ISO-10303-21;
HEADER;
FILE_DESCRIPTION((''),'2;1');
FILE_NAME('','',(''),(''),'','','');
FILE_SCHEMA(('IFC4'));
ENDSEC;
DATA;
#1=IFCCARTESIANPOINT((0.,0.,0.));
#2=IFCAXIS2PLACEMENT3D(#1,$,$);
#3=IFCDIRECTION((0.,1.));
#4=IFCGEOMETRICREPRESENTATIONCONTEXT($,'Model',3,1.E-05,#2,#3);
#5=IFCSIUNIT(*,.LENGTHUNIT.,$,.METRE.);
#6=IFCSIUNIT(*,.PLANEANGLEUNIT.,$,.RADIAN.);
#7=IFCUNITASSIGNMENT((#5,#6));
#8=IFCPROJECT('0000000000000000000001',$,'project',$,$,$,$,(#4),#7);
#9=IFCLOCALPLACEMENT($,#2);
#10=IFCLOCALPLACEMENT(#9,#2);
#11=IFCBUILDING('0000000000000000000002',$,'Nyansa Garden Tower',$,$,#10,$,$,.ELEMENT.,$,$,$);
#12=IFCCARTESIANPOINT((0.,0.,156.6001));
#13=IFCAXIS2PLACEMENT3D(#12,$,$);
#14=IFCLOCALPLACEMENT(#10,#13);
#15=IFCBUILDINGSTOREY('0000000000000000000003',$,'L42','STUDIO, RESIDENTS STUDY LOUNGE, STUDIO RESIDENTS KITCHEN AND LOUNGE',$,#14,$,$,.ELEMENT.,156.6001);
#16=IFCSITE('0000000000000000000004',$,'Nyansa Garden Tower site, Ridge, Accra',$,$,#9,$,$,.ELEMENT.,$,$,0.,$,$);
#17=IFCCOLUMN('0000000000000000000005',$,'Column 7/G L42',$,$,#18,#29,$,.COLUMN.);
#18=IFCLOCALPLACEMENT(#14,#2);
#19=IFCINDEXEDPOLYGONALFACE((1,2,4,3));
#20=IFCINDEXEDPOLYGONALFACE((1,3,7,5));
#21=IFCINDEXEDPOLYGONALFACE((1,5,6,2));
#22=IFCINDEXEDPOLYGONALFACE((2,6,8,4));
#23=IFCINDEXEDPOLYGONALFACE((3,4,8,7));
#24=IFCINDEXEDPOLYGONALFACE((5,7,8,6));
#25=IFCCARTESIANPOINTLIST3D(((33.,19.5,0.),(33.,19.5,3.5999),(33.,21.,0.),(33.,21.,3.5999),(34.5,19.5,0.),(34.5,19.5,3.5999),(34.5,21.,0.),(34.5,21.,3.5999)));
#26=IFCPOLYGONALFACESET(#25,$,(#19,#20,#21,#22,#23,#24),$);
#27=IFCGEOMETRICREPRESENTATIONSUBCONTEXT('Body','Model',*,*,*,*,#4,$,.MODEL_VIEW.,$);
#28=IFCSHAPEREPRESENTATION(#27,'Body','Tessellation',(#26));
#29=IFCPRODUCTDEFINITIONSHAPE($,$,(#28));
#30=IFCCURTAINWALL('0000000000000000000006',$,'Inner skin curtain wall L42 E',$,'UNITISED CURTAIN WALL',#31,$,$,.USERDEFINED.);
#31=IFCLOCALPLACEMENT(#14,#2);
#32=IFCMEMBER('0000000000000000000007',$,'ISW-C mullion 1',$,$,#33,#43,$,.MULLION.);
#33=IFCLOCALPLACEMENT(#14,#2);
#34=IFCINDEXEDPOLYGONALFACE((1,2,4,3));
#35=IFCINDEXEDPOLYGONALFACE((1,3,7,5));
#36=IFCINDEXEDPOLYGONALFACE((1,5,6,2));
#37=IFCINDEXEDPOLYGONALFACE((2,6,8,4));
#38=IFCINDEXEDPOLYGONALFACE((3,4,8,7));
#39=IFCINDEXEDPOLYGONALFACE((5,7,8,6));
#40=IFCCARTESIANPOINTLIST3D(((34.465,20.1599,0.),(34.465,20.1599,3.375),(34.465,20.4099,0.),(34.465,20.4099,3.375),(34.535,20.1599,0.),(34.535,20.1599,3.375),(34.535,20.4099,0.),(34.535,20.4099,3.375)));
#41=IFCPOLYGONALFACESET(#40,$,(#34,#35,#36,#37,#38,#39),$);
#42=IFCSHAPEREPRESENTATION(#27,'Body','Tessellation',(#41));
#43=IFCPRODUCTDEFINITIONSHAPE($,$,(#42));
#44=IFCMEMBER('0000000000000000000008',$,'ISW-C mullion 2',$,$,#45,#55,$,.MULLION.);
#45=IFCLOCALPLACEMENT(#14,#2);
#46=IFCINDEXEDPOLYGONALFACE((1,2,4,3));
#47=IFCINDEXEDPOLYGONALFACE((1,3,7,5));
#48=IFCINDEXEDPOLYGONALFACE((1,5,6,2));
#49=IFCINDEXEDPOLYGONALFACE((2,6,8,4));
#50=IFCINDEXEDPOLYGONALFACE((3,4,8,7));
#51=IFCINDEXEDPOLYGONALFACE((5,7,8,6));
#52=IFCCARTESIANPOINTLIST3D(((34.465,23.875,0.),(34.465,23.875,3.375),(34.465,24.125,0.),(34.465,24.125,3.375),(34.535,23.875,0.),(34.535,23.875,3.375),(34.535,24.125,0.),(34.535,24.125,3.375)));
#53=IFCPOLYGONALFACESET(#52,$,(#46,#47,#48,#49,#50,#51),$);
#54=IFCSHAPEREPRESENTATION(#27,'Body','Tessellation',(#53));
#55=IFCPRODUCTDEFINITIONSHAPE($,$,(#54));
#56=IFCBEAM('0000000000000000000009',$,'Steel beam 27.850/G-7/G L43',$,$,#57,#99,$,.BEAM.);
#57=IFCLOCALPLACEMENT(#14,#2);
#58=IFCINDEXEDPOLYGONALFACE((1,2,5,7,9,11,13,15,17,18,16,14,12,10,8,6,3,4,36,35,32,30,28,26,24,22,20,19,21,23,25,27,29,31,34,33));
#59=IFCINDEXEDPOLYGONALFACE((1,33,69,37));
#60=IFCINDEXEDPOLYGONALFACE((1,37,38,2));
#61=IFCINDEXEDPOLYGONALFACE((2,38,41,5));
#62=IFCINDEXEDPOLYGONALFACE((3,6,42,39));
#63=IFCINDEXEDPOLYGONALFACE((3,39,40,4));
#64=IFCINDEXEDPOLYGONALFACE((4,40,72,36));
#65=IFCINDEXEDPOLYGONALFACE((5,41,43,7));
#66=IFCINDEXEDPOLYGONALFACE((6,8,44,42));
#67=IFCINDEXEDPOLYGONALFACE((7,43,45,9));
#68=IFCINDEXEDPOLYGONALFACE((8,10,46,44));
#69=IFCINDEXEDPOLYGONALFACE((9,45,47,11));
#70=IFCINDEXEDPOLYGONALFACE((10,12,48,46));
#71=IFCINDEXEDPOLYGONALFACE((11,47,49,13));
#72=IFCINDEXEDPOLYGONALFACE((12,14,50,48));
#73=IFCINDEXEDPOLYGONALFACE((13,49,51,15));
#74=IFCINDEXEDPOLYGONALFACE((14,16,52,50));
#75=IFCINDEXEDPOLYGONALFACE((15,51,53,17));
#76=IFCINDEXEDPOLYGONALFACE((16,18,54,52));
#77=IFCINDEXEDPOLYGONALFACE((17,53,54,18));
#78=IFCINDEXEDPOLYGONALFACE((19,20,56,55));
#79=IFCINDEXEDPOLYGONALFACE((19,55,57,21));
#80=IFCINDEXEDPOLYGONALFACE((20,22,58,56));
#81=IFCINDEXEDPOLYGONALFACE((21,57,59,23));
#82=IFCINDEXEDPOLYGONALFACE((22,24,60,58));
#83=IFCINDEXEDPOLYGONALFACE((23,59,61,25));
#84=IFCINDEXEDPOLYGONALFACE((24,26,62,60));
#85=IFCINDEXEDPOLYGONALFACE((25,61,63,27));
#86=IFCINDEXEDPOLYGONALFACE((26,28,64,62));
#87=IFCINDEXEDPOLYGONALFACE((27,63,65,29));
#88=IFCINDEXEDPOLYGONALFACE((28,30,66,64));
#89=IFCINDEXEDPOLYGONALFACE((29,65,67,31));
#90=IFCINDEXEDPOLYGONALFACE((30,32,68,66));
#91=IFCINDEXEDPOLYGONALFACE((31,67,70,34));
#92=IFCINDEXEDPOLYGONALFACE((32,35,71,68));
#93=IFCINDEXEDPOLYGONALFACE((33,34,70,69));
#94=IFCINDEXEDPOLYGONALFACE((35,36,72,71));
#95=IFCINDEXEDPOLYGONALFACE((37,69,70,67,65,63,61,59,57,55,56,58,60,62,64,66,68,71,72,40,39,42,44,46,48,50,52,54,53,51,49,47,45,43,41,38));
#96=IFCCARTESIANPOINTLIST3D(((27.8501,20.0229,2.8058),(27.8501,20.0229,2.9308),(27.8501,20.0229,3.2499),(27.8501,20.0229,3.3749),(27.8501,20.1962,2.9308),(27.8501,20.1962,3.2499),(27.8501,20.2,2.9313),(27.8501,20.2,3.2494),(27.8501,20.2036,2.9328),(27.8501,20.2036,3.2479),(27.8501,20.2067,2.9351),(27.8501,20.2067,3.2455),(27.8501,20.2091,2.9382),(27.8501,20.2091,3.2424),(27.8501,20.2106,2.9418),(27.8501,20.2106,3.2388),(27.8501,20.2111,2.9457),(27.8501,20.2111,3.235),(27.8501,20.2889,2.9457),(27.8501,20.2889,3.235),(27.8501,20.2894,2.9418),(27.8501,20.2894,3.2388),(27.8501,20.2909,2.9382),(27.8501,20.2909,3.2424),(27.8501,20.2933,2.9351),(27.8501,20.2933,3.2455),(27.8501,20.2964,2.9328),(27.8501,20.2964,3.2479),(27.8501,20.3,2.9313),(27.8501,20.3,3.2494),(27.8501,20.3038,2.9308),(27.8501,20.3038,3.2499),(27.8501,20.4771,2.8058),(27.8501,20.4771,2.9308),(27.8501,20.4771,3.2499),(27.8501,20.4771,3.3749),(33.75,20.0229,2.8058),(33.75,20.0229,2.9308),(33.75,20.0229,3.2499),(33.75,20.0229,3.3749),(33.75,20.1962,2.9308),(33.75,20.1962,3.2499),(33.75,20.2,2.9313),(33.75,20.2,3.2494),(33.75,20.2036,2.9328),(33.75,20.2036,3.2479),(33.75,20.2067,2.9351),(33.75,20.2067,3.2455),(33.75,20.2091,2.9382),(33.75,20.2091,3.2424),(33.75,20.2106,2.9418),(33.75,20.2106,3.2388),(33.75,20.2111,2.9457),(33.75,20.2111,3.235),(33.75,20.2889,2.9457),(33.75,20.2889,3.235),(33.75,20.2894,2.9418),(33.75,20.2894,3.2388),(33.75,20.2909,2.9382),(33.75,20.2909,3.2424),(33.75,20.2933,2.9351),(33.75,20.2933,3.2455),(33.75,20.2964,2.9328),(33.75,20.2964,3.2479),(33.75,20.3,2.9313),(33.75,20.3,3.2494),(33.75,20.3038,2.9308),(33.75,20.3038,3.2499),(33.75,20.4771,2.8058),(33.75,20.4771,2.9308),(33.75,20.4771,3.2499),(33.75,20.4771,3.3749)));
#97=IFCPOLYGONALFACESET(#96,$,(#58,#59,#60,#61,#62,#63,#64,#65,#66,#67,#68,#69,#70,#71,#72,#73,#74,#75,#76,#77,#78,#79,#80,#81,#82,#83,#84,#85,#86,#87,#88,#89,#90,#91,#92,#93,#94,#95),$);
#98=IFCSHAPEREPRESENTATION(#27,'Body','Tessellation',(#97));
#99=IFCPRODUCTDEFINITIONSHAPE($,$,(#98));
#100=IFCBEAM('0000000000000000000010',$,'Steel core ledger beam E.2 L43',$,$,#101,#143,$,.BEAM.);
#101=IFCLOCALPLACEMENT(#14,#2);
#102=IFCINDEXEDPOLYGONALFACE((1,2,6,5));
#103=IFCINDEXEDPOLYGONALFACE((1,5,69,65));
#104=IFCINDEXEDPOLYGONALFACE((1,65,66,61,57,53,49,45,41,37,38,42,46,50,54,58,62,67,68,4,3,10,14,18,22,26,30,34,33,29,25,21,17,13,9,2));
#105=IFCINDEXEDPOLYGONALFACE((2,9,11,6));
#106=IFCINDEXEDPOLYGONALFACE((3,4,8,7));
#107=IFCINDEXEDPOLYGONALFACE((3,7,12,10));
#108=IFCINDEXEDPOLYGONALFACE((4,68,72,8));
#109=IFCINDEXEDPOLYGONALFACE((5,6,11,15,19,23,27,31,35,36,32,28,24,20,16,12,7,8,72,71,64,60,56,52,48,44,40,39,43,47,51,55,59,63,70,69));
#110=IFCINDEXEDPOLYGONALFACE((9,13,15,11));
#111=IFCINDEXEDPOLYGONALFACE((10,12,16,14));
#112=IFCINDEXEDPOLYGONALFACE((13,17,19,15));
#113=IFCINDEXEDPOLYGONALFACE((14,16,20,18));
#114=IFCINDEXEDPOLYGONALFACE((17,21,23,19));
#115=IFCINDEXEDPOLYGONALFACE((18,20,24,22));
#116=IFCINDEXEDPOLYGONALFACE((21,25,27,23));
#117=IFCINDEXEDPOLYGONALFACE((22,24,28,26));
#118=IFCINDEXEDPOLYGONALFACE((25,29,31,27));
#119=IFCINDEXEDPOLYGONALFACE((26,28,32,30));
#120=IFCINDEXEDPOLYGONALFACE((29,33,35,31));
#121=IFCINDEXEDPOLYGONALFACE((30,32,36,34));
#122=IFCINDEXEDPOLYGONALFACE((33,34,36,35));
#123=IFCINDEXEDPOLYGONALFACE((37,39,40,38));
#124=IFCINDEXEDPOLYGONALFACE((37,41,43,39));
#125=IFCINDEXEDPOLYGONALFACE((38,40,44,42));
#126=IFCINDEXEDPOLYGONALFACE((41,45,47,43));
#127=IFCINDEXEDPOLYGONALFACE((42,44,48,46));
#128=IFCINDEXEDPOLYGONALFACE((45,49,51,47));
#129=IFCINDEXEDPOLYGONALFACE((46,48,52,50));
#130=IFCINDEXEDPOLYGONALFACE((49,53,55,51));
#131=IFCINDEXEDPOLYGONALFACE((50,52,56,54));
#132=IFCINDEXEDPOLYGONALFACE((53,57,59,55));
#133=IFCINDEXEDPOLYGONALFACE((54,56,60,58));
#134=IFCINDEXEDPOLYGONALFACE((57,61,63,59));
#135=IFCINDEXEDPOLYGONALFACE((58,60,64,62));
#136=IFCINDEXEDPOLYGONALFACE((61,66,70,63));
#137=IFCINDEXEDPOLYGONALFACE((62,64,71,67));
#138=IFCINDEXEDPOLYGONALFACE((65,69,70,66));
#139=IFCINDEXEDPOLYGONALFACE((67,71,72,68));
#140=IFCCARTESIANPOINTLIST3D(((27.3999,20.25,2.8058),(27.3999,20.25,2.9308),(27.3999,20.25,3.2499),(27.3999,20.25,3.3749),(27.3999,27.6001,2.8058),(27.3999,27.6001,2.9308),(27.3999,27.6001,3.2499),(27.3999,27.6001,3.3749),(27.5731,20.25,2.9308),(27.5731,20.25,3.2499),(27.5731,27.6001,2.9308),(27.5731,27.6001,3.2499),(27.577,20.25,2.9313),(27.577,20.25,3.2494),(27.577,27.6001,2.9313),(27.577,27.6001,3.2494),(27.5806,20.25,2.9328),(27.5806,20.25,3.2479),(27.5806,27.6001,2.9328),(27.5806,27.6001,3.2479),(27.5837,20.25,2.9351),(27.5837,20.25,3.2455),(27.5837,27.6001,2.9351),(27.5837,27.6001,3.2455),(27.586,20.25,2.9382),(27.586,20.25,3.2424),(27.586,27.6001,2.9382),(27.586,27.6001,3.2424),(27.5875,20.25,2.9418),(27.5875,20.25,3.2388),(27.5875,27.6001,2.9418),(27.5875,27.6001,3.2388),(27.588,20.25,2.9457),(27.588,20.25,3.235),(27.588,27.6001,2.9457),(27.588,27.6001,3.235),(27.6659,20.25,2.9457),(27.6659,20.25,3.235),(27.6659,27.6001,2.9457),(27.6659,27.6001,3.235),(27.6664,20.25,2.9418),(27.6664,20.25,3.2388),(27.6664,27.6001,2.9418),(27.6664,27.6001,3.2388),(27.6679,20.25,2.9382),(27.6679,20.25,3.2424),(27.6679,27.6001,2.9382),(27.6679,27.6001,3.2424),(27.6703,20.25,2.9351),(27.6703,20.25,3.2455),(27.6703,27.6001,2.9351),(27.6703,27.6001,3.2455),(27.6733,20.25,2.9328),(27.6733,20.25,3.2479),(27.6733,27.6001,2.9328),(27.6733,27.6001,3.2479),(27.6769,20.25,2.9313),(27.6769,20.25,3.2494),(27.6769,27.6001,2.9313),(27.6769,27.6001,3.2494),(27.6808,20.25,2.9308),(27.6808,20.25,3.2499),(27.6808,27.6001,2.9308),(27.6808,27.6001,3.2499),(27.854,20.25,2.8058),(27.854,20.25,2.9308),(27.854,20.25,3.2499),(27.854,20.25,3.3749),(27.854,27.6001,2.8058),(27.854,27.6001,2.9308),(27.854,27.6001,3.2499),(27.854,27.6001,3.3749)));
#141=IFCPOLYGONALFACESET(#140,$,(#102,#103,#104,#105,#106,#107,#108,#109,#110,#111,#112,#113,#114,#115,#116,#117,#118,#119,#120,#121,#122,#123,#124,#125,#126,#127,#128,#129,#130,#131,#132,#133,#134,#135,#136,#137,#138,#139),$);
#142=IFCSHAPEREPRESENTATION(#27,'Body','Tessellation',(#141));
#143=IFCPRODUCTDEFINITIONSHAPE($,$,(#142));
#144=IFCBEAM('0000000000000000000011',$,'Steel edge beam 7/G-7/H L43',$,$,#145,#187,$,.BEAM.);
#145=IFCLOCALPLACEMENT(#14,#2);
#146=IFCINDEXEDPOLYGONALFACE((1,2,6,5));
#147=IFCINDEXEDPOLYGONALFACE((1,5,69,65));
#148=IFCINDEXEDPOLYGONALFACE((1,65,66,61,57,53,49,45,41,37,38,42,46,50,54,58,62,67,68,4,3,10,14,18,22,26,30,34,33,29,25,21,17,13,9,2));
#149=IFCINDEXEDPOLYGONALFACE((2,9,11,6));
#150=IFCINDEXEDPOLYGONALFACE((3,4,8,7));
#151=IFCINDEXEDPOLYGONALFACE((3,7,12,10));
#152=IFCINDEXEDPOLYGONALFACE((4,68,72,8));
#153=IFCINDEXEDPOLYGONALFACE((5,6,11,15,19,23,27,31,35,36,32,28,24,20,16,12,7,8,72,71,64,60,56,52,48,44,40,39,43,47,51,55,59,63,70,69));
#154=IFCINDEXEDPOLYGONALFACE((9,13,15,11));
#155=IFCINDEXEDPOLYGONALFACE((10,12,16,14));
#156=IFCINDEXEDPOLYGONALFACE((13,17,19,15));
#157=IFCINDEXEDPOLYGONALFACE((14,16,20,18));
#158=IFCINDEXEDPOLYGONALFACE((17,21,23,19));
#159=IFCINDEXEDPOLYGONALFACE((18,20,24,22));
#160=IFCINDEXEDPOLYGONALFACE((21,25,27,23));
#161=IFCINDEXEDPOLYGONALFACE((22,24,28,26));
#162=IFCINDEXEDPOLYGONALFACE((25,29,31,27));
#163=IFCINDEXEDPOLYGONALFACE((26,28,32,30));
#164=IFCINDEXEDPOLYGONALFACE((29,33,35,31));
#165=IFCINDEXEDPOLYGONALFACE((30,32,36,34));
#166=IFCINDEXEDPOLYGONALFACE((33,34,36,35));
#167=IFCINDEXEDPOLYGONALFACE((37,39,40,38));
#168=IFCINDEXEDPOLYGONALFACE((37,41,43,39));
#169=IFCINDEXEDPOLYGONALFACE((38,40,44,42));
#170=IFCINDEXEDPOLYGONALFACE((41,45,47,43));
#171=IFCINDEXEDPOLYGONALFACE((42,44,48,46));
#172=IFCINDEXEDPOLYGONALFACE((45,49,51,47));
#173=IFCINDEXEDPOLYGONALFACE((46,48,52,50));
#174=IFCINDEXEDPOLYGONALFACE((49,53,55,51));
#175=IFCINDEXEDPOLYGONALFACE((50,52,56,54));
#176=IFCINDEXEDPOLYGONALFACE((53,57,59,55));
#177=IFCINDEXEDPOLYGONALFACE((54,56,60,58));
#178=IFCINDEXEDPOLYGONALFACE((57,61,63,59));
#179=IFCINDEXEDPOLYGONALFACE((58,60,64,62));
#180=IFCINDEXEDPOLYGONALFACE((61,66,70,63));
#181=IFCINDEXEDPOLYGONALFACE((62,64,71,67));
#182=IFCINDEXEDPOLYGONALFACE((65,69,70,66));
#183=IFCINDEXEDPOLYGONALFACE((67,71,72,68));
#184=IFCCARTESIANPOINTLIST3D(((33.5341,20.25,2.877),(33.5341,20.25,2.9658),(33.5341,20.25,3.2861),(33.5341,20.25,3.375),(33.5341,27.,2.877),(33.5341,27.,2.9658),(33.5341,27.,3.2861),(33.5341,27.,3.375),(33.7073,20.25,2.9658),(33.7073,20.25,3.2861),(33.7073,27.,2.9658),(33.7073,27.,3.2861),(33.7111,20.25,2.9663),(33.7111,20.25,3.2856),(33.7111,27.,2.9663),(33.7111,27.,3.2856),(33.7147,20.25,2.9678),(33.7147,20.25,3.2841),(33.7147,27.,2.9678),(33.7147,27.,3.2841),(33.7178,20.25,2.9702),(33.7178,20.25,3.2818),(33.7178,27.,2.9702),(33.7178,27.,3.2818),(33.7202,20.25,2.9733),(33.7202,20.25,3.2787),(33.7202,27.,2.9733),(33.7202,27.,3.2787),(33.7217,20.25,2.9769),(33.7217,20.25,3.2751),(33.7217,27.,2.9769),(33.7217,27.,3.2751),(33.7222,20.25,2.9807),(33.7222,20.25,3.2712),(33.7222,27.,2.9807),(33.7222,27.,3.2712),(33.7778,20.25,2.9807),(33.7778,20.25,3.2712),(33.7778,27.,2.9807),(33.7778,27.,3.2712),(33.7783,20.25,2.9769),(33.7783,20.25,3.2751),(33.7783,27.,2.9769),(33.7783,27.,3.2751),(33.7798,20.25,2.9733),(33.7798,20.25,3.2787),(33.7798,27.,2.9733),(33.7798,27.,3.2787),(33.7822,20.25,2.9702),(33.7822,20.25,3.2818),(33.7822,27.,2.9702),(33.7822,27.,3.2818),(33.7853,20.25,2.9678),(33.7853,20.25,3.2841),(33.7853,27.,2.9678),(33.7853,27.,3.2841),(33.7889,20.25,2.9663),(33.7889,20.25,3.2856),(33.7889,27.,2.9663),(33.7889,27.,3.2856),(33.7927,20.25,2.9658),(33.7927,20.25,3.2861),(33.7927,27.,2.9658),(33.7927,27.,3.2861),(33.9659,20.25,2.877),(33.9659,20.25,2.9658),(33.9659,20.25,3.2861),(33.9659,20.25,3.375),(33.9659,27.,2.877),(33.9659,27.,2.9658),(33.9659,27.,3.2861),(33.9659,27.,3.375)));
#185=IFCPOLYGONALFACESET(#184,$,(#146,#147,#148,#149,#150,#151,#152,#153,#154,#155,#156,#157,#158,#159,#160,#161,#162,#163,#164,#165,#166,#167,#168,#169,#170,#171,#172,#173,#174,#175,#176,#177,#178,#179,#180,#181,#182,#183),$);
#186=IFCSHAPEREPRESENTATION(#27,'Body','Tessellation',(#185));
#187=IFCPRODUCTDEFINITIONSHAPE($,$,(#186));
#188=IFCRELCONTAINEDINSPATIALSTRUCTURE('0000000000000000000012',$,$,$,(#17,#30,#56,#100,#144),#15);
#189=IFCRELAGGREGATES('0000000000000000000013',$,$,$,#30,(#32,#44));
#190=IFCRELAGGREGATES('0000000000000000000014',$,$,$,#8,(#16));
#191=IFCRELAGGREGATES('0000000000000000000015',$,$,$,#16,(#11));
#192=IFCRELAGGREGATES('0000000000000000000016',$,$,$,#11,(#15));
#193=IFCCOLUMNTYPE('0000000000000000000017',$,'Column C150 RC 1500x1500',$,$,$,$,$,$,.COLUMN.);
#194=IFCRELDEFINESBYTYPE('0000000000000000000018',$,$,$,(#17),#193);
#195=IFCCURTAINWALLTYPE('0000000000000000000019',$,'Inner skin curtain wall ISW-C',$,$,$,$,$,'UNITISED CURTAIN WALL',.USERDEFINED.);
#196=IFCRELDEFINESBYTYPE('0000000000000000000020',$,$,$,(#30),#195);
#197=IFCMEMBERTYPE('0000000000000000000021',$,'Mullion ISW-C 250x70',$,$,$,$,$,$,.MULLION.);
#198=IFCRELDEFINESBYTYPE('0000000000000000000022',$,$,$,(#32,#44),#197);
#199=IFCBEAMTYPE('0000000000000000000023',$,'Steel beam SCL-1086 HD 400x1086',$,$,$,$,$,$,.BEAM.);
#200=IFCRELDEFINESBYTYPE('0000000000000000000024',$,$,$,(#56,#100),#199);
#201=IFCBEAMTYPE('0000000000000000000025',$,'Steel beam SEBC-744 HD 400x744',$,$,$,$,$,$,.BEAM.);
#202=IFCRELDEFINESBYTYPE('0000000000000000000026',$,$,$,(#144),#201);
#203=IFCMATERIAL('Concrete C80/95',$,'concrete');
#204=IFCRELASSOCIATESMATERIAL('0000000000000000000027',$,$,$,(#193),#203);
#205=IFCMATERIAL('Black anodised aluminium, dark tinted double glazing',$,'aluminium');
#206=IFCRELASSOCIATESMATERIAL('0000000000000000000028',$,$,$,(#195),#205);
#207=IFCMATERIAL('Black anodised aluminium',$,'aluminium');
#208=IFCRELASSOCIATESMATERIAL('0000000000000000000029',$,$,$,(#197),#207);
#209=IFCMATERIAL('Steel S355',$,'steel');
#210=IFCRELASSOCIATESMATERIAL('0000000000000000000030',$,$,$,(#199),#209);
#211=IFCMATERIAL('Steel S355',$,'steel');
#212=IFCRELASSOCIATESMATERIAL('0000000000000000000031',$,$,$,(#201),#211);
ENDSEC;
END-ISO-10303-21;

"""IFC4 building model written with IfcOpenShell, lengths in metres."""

from ifc_helpers import new_model, si_unit, direction, frame, origin, origin_2d, place, context, subcontext, project, spatial, rectangle, i_section, extrude, material, material_profile, profile_set, type_object, element, aggregate, save


model = new_model("IFC4")

# Units and contexts
model_context = context("Model", 3, precision=1e-05, world=origin(), true_north=direction((0.0, 1.0)))
body_context = subcontext(model_context, "Body", "Model", "MODEL_VIEW")
ifc_project = project(units=[si_unit("LENGTHUNIT", "METRE"), si_unit("PLANEANGLEUNIT", "RADIAN")], contexts=[model_context])

# Site, building, storey
site_placement = place(None, origin())
site = spatial("IfcSite", under=ifc_project, at=site_placement, Name="Nyansa Garden Tower site, Ridge, Accra", CompositionType="ELEMENT", RefElevation=0.0)
building_placement = place(site_placement, origin())
building = spatial("IfcBuilding", under=site, at=building_placement, Name="Nyansa Garden Tower", CompositionType="ELEMENT")
storey_placement = place(building_placement, frame((0.0, 0.0, 156.6001)))
storey = spatial("IfcBuildingStorey", under=building, at=storey_placement, Name="L42", Description="STUDIO, RESIDENTS STUDY LOUNGE, STUDIO RESIDENTS KITCHEN AND LOUNGE", CompositionType="ELEMENT", Elevation=156.6001)

# Column
ifc_material_1 = material(Name="Concrete C80/95", Category="concrete")
ifc_material_profile_1 = material_profile(ifc_material_1, rectangle(XDim=1.5, YDim=1.5, at=origin_2d()), Name="RC 1500x1500")
ifc_profile_set_1 = profile_set([ifc_material_profile_1], Name="Concrete C80/95")
column_type = type_object("IfcColumnType", Name="Column C150 RC 1500x1500", PredefinedType="COLUMN", material=ifc_profile_set_1)
column_placement = place(storey_placement, frame((33.75, 20.25, 0.0), z_axis=(0.0, 0.0, 1.0), x_axis=(1.0, 0.0, 0.0)))
element("IfcColumn", 1, at=column_placement, inside=storey, type_object=column_type, Name="Column 7/G L42", PredefinedType="COLUMN", context=body_context, shape_type="SweptSolid", body=[
    extrude(rectangle(XDim=1.5, YDim=1.5, at=origin_2d()), origin(), (0.0, 0.0, 1.0), 3.5999),
])

# Curtain wall, members
ifc_material_2 = material(Name="Black anodised aluminium, dark tinted double glazing", Category="aluminium")
curtain_wall_type = type_object("IfcCurtainWallType", Name="Inner skin curtain wall ISW-C", ElementType="UNITISED CURTAIN WALL", PredefinedType="USERDEFINED", material=ifc_material_2)
curtain_wall_placement = place(storey_placement, origin())
curtain_wall = element("IfcCurtainWall", 2, at=curtain_wall_placement, inside=storey, type_object=curtain_wall_type, Name="Inner skin curtain wall L42 E", ObjectType="UNITISED CURTAIN WALL", PredefinedType="USERDEFINED")
ifc_material_3 = material(Name="Black anodised aluminium", Category="aluminium")
ifc_material_profile_2 = material_profile(ifc_material_3, rectangle(XDim=0.0701, YDim=0.25, at=origin_2d()), Name="Mullion 250x70")
ifc_profile_set_2 = profile_set([ifc_material_profile_2], Name="Black anodised aluminium")
member_type_1 = type_object("IfcMemberType", Name="Mullion ISW-C 250x70", PredefinedType="MULLION", material=ifc_profile_set_2)
member_1_placement = place(storey_placement, frame((34.5, 20.2849, 0.0), z_axis=(0.0, 0.0, 1.0), x_axis=(-1.0, 0.0, 0.0)))
member_1 = element("IfcMember", 3, at=member_1_placement, type_object=member_type_1, Name="ISW-C mullion 1", PredefinedType="MULLION", context=body_context, shape_type="SweptSolid", body=[
    extrude(rectangle(XDim=0.0701, YDim=0.25, at=origin_2d()), origin(), (0.0, 0.0, 1.0), 3.375),
])
member_2_placement = place(storey_placement, frame((34.5, 24.0, 0.0), z_axis=(0.0, 0.0, 1.0), x_axis=(-1.0, 0.0, 0.0)))
member_2 = element("IfcMember", 4, at=member_2_placement, type_object=member_type_1, Name="ISW-C mullion 2", PredefinedType="MULLION", context=body_context, shape_type="SweptSolid", body=[
    extrude(rectangle(XDim=0.0701, YDim=0.25, at=origin_2d()), origin(), (0.0, 0.0, 1.0), 3.375),
])

# Beams
ifc_material_4 = material(Name="Steel S355", Category="steel")
ifc_material_profile_3 = material_profile(ifc_material_4, i_section(OverallWidth=0.4541, OverallDepth=0.5691, WebThickness=0.0779, FlangeThickness=0.125, FilletRadius=0.0149, at=origin_2d()), Name="HD 400x1086")
ifc_profile_set_3 = profile_set([ifc_material_profile_3], Name="Steel S355")
beam_type_1 = type_object("IfcBeamType", Name="Steel beam SCL-1086 HD 400x1086", PredefinedType="BEAM", material=ifc_profile_set_3)
beam_1_placement = place(storey_placement, frame((27.8501, 20.25, 3.0903), z_axis=(1.0, 0.0, 0.0), x_axis=(0.0, 1.0, 0.0)))
element("IfcBeam", 5, at=beam_1_placement, inside=storey, type_object=beam_type_1, Name="Steel beam 27.850/G-7/G L43", PredefinedType="BEAM", context=body_context, shape_type="SweptSolid", body=[
    extrude(i_section(OverallWidth=0.4541, OverallDepth=0.5691, WebThickness=0.0779, FlangeThickness=0.125, FilletRadius=0.0149, at=origin_2d()), origin(), (0.0, 0.0, 1.0), 5.8999),
])
beam_2_placement = place(storey_placement, frame((27.627, 20.25, 3.0903), z_axis=(0.0, 1.0, 0.0), x_axis=(-1.0, 0.0, 0.0)))
element("IfcBeam", 6, at=beam_2_placement, inside=storey, type_object=beam_type_1, Name="Steel core ledger beam E.2 L43", PredefinedType="BEAM", context=body_context, shape_type="SweptSolid", body=[
    extrude(i_section(OverallWidth=0.4541, OverallDepth=0.5691, WebThickness=0.0779, FlangeThickness=0.125, FilletRadius=0.0149, at=origin_2d()), origin(), (0.0, 0.0, 1.0), 7.3501),
])
ifc_material_5 = material(Name="Steel S355", Category="steel")
ifc_material_profile_4 = material_profile(ifc_material_5, i_section(OverallWidth=0.4319, OverallDepth=0.498, WebThickness=0.0557, FlangeThickness=0.0889, FilletRadius=0.0149, at=origin_2d()), Name="HD 400x744")
ifc_profile_set_4 = profile_set([ifc_material_profile_4], Name="Steel S355")
beam_type_2 = type_object("IfcBeamType", Name="Steel beam SEBC-744 HD 400x744", PredefinedType="BEAM", material=ifc_profile_set_4)
beam_3_placement = place(storey_placement, frame((33.75, 20.25, 3.126), z_axis=(0.0, 1.0, 0.0), x_axis=(-1.0, 0.0, 0.0)))
element("IfcBeam", 7, at=beam_3_placement, inside=storey, type_object=beam_type_2, Name="Steel edge beam 7/G-7/H L43", PredefinedType="BEAM", context=body_context, shape_type="SweptSolid", body=[
    extrude(i_section(OverallWidth=0.4319, OverallDepth=0.498, WebThickness=0.0557, FlangeThickness=0.0889, FilletRadius=0.0149, at=origin_2d()), origin(), (0.0, 0.0, 1.0), 6.75),
])

aggregate(curtain_wall, [member_1, member_2])

save(model, "model.ifc")
